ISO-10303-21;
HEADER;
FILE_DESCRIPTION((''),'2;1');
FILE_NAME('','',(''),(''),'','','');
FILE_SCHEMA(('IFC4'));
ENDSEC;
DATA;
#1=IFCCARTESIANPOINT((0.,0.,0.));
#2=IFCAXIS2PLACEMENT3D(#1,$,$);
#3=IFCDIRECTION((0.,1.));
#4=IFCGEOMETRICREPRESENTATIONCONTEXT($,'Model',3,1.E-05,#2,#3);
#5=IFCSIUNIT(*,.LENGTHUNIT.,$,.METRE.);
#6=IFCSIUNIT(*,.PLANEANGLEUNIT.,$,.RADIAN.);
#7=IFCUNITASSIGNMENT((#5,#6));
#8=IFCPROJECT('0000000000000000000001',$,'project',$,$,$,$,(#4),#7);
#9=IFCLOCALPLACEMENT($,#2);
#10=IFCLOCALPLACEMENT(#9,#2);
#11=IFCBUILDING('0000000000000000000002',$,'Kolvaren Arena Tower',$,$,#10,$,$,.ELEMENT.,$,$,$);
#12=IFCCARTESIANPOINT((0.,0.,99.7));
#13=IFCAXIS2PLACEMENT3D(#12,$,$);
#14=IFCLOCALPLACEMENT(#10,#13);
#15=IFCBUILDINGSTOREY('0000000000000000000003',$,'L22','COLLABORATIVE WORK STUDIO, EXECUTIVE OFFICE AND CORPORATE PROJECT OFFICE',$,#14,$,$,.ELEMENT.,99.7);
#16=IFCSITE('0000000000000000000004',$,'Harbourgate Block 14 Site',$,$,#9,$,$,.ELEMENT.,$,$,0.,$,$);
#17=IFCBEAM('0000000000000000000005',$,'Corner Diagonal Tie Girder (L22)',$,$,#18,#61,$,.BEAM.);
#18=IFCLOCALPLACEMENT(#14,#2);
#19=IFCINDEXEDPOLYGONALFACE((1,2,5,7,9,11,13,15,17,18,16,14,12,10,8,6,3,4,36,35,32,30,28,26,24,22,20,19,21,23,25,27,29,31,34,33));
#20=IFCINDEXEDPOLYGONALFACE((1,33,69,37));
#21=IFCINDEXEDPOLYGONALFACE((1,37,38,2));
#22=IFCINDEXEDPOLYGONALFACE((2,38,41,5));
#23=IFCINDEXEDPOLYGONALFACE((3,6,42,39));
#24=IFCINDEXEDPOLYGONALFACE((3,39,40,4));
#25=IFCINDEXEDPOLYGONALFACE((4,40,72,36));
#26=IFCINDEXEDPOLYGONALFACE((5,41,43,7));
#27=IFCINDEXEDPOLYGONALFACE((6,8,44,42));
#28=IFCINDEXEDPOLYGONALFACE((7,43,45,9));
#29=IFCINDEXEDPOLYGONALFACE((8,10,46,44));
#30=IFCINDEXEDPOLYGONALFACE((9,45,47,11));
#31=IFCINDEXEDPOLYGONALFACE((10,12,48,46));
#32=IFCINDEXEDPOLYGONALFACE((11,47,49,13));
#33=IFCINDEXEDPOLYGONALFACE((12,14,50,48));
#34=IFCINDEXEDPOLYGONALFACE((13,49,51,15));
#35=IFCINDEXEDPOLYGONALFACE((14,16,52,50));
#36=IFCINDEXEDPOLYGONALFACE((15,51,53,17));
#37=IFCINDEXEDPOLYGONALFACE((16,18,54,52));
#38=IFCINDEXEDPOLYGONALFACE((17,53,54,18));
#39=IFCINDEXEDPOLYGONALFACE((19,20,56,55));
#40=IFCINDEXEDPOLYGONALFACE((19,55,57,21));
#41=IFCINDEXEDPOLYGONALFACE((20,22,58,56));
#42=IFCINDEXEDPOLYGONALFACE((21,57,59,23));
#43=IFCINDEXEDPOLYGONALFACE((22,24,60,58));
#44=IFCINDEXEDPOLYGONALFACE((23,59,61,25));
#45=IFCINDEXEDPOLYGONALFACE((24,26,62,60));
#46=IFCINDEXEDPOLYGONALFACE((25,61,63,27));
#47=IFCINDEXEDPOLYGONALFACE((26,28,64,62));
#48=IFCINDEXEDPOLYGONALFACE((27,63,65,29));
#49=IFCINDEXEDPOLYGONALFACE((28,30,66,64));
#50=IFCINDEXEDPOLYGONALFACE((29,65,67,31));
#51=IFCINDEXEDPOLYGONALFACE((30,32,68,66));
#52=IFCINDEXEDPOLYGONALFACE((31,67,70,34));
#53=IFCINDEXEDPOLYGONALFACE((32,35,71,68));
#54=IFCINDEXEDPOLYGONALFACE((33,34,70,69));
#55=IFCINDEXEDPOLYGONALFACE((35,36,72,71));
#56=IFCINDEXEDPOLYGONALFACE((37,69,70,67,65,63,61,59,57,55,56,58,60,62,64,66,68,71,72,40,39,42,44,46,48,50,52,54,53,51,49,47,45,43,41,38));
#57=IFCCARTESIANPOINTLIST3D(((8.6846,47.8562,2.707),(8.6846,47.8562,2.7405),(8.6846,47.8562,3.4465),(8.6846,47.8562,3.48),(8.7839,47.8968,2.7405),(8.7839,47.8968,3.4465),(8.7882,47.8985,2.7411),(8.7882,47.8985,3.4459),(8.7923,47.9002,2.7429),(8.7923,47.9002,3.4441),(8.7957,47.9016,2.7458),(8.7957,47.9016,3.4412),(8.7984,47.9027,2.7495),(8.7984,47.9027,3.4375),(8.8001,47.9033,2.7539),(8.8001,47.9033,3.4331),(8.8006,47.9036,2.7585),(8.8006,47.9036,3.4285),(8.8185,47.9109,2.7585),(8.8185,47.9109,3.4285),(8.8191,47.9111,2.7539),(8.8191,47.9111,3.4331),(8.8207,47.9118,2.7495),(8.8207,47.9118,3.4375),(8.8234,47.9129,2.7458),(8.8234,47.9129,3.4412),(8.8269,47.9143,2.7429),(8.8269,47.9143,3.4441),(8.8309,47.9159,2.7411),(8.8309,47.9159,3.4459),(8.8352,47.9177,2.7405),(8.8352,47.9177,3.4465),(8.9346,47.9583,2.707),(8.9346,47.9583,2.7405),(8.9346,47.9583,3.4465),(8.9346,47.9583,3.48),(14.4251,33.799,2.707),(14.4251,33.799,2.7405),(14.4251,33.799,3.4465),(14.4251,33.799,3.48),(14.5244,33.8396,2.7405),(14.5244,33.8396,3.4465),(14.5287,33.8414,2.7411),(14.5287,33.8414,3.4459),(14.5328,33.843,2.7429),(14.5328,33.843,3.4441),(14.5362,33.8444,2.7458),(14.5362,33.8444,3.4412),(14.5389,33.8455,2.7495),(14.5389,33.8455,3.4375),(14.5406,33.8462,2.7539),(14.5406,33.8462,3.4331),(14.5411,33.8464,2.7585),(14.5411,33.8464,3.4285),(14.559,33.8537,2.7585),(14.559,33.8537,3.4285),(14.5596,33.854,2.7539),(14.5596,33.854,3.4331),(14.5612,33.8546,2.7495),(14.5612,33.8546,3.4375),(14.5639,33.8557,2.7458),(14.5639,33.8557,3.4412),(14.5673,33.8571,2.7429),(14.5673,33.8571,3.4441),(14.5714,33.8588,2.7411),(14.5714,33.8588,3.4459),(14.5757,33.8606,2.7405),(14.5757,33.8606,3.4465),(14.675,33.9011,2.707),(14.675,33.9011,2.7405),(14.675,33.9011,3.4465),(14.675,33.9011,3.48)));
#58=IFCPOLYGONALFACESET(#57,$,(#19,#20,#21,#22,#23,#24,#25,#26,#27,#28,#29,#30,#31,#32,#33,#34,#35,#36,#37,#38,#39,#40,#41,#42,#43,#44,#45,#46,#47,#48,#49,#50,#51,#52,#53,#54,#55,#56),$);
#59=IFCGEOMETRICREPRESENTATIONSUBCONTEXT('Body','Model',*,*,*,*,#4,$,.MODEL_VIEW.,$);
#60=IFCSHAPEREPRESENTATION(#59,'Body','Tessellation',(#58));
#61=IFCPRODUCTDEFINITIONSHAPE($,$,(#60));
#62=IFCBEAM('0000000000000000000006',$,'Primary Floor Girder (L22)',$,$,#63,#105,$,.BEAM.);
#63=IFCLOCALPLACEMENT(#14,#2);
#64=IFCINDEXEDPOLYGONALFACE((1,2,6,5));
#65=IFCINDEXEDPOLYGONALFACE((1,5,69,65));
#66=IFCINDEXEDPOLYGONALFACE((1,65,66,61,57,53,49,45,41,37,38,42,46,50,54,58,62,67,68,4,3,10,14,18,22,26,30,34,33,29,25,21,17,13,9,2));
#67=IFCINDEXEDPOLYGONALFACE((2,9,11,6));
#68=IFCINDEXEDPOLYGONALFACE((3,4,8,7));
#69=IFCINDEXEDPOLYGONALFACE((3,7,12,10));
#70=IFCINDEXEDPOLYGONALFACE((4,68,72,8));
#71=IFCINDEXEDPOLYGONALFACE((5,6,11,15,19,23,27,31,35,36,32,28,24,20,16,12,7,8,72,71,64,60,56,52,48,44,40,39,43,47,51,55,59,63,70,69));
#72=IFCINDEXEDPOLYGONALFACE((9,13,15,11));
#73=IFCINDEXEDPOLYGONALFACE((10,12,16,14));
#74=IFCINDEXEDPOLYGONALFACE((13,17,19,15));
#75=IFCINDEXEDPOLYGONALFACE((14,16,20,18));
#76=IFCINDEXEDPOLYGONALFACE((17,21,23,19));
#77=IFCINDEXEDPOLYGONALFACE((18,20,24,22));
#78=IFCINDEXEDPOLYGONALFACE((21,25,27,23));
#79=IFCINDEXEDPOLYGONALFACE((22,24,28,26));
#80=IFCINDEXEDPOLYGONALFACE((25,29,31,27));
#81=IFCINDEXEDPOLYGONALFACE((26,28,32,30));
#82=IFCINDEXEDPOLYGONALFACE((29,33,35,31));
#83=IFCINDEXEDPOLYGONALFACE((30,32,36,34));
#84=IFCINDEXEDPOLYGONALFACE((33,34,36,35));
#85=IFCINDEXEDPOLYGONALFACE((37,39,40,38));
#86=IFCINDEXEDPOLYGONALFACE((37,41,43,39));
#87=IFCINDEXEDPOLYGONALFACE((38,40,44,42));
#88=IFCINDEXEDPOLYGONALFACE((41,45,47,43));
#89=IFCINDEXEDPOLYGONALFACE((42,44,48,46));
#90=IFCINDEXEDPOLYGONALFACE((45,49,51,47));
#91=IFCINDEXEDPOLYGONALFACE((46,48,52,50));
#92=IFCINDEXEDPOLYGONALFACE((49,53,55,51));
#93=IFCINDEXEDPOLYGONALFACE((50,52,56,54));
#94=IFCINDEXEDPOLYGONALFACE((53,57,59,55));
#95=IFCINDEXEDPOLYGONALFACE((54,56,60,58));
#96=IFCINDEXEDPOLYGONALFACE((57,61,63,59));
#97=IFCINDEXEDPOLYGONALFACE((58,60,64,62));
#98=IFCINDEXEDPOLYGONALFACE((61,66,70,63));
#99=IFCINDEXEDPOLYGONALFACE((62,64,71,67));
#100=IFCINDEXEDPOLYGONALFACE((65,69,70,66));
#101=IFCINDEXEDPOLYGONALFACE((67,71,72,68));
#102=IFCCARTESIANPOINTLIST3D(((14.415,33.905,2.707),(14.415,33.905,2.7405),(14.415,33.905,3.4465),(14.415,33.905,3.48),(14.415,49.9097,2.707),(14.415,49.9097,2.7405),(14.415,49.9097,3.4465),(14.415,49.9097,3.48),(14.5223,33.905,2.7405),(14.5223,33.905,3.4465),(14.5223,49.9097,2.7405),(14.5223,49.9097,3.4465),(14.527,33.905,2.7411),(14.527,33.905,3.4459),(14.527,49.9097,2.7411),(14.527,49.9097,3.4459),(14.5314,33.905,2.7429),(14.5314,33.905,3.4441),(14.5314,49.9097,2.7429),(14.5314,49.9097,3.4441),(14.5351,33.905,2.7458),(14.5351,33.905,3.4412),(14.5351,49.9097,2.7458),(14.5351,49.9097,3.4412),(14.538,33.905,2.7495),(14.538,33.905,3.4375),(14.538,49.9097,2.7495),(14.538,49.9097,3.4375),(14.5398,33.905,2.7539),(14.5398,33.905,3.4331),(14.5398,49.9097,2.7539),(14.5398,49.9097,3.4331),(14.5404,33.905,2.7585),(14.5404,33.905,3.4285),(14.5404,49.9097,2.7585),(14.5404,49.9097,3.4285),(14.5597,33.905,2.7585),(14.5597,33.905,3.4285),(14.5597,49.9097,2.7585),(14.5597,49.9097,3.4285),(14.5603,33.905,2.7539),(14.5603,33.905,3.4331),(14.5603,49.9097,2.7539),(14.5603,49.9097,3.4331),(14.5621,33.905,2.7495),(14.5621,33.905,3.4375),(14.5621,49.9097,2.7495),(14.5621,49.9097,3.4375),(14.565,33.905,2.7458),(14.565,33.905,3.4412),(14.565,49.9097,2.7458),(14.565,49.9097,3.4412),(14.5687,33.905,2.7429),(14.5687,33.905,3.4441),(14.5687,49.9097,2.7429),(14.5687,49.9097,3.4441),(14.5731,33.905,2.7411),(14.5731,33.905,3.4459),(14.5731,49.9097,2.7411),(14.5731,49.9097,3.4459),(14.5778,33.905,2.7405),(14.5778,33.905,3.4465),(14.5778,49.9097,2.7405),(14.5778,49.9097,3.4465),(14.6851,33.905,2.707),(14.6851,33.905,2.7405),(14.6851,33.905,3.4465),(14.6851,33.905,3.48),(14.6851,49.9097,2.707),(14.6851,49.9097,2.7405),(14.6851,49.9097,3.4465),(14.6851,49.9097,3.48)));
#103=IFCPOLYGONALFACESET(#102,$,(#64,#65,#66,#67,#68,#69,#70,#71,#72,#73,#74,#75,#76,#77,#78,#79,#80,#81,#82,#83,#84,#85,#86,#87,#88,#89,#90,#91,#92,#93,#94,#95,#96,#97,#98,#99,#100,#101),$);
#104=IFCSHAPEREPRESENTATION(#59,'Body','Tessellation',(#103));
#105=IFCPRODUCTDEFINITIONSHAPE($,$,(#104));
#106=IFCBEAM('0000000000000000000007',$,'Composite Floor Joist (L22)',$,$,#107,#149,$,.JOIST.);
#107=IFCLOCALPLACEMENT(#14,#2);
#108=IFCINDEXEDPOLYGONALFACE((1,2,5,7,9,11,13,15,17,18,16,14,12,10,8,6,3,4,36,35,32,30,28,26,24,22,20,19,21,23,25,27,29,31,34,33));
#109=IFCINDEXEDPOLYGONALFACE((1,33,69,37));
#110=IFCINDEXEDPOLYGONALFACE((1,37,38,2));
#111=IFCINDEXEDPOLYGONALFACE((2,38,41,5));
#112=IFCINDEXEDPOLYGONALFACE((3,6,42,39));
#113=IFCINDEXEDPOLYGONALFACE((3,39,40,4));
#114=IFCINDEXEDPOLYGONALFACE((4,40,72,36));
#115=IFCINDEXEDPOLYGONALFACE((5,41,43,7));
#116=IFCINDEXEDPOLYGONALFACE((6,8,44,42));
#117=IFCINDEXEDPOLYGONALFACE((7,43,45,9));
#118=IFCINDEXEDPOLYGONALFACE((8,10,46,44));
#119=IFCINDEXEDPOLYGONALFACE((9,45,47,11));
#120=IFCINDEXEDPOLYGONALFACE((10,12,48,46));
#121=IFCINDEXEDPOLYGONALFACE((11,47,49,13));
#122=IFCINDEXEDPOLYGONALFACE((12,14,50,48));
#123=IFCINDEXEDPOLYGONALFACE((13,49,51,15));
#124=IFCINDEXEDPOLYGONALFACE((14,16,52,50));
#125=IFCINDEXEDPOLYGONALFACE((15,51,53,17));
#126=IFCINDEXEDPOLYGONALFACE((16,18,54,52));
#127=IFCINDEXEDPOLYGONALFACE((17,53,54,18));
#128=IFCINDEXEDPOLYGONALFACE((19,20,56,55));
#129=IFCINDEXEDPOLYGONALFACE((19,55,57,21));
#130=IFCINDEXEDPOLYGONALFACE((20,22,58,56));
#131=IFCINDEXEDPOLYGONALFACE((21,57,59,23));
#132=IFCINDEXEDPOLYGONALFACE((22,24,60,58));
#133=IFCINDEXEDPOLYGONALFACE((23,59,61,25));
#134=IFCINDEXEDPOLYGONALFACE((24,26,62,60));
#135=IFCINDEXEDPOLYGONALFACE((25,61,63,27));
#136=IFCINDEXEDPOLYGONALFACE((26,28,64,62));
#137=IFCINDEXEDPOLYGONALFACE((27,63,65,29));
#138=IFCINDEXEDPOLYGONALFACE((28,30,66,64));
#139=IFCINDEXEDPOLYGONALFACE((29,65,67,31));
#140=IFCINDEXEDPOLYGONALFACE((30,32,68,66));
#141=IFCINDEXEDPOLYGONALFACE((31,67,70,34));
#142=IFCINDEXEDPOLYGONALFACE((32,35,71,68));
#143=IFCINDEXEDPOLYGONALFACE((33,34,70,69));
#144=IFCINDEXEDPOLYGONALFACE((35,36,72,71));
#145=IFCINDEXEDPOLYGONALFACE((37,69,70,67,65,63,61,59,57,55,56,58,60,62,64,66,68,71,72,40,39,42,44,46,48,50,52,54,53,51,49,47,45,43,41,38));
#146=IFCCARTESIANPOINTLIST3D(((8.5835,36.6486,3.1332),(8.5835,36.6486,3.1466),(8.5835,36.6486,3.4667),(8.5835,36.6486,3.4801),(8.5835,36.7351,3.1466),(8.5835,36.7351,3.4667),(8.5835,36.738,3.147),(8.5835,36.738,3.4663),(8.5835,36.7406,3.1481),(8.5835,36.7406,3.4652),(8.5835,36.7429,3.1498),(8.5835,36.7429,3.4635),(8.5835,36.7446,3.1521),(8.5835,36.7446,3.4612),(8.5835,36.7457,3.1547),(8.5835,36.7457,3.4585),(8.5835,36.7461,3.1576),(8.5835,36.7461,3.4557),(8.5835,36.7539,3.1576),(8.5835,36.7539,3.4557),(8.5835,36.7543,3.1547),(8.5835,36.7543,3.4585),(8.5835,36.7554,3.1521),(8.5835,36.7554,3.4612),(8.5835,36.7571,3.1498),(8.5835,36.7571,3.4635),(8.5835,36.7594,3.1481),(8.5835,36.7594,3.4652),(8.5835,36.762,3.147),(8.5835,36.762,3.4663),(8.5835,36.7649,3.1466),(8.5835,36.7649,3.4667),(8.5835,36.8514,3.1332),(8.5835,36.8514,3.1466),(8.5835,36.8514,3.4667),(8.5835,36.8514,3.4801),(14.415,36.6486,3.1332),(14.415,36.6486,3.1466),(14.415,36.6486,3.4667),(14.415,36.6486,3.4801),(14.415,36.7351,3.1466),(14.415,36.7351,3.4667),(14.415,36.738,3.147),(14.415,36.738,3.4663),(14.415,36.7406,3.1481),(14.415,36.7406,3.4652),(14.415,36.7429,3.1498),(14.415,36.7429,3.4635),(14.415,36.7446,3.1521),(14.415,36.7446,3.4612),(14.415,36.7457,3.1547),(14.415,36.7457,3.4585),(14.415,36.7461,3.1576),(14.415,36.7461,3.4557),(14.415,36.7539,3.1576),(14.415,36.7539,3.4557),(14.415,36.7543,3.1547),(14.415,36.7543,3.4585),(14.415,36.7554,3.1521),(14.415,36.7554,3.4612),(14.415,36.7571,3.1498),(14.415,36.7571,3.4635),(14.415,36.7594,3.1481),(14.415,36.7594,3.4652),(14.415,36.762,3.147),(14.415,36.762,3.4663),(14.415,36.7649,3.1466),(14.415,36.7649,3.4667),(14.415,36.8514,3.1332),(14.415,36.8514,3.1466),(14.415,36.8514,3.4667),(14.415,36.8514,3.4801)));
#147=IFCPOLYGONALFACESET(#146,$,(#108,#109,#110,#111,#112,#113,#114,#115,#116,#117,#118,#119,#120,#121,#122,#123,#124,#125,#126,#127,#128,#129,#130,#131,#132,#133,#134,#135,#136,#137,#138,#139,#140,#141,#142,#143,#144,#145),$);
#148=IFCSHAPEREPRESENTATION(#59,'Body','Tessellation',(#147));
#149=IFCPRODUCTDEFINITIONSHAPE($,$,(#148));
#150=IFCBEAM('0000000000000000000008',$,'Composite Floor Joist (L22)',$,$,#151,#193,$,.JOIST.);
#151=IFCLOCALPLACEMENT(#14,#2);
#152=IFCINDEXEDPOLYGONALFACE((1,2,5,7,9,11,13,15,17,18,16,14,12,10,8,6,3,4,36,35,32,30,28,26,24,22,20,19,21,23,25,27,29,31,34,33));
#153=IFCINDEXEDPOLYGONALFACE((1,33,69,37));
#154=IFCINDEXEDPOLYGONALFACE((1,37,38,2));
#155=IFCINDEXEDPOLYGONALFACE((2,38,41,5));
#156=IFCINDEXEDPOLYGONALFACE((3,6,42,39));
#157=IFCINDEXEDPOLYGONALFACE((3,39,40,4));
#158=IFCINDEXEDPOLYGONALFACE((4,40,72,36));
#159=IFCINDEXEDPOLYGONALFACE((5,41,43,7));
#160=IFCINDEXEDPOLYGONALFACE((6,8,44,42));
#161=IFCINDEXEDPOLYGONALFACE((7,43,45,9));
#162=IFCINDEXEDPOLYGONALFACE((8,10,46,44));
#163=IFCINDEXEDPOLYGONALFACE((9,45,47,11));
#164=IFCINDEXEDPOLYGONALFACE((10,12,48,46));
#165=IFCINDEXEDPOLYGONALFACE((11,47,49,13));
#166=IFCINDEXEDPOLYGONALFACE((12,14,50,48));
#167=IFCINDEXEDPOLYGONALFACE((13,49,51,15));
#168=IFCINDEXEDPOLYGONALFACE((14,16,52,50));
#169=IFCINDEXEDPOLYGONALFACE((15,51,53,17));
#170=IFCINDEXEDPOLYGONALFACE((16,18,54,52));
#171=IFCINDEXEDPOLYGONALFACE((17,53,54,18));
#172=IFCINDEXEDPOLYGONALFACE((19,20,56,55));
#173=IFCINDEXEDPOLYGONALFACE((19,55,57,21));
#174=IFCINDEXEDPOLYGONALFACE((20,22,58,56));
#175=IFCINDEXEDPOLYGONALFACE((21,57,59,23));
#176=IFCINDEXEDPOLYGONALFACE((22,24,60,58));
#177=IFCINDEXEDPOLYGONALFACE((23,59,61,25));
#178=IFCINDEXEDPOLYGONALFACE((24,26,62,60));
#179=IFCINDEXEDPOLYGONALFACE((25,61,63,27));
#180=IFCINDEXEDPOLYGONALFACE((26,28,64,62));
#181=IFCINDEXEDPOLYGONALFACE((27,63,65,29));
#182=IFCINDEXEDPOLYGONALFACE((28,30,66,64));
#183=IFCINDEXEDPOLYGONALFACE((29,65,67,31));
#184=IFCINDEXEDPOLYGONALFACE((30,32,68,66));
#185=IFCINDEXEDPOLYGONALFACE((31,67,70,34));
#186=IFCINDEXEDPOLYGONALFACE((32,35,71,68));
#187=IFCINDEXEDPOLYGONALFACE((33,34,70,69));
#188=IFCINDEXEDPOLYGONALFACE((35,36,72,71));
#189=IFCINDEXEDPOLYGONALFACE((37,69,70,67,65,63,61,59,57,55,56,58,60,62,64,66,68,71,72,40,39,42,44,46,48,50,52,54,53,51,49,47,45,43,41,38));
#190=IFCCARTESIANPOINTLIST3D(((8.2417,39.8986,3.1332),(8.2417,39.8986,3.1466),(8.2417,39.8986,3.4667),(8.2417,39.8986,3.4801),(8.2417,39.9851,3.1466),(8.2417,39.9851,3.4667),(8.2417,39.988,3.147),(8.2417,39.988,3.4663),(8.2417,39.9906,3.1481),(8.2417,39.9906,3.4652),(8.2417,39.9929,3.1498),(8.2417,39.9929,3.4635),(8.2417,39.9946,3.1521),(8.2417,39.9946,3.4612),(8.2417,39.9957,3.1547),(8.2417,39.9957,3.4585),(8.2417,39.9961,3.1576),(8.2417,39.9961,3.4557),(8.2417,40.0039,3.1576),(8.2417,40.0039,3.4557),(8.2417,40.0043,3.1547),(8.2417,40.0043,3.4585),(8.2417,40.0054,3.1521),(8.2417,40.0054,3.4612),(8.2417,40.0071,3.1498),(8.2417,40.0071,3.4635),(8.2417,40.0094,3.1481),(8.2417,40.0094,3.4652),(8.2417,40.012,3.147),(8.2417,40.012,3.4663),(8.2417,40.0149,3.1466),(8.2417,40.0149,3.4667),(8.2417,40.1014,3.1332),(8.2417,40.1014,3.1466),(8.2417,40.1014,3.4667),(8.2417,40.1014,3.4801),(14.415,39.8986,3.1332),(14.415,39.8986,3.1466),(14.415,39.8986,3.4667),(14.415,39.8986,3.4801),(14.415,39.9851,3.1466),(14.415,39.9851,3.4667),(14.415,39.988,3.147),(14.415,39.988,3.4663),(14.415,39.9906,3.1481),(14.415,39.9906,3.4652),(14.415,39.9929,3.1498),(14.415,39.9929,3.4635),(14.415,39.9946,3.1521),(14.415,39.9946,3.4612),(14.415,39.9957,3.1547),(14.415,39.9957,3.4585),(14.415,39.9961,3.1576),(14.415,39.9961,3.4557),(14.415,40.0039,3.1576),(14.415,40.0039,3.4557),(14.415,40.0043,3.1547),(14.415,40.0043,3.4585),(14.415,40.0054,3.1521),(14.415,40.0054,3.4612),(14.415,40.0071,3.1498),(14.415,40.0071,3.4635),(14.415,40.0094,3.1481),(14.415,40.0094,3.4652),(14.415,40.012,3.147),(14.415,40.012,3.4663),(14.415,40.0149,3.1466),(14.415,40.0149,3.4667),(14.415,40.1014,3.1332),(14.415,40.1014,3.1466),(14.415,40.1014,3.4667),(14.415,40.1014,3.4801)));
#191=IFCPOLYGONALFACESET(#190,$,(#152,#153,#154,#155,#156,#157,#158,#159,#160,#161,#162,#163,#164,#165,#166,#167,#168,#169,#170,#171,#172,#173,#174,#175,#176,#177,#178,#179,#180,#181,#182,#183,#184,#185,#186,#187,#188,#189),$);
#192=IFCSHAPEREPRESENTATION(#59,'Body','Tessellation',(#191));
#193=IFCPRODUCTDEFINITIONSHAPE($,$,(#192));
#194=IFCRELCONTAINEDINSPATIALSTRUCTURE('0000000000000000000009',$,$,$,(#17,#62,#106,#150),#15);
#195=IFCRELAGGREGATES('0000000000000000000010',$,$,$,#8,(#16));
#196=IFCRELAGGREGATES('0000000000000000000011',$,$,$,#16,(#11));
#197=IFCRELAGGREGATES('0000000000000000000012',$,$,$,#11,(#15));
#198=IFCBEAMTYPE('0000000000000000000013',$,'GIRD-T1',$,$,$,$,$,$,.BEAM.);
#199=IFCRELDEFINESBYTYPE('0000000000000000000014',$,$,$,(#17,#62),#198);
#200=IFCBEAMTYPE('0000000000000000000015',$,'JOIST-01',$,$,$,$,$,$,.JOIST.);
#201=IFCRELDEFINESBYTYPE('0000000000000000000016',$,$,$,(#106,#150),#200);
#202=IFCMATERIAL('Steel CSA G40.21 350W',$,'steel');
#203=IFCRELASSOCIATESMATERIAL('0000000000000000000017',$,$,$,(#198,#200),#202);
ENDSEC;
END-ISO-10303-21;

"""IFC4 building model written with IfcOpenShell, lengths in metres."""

from ifc_helpers import new_model, si_unit, direction, frame, origin, origin_2d, place, context, subcontext, project, spatial, i_section, extrude, material, material_profile, profile_set, type_object, element, save


model = new_model("IFC4")

# Units and contexts
model_context = context("Model", 3, precision=1e-05, world=origin(), true_north=direction((0.0, 1.0)))
body_context = subcontext(model_context, "Body", "Model", "MODEL_VIEW")
ifc_project = project(units=[si_unit("LENGTHUNIT", "METRE"), si_unit("PLANEANGLEUNIT", "RADIAN")], contexts=[model_context])

# Site, building, storey
site_placement = place(None, origin())
site = spatial("IfcSite", under=ifc_project, at=site_placement, Name="Harbourgate Block 14 Site", CompositionType="ELEMENT", RefElevation=0.0)
building_placement = place(site_placement, origin())
building = spatial("IfcBuilding", under=site, at=building_placement, Name="Kolvaren Arena Tower", CompositionType="ELEMENT")
storey_placement = place(building_placement, frame((0.0, 0.0, 99.7)))
storey = spatial("IfcBuildingStorey", under=building, at=storey_placement, Name="L22", Description="COLLABORATIVE WORK STUDIO, EXECUTIVE OFFICE AND CORPORATE PROJECT OFFICE", CompositionType="ELEMENT", Elevation=99.7)

# Beams
ifc_material_1 = material(Name="Steel CSA G40.21 350W", Category="steel")
ifc_material_profile_1 = material_profile(ifc_material_1, i_section(OverallWidth=0.27, OverallDepth=0.7729, WebThickness=0.0193, FlangeThickness=0.0334, FilletRadius=0.0181, at=origin_2d()), Name="W760x257")
ifc_profile_set_1 = profile_set([ifc_material_profile_1], Name="Steel CSA G40.21 350W")
beam_type_1 = type_object("IfcBeamType", Name="GIRD-T1", PredefinedType="BEAM", material=ifc_profile_set_1)
beam_1_placement = place(storey_placement, frame((8.8096, 47.9072, 3.0935), z_axis=(0.378059, -0.925781, 0.0), x_axis=(0.925781, 0.378059, 0.0)))
element("IfcBeam", 1, at=beam_1_placement, inside=storey, type_object=beam_type_1, Name="Corner Diagonal Tie Girder (L22)", PredefinedType="BEAM", context=body_context, shape_type="SweptSolid", body=[
    extrude(i_section(OverallWidth=0.27, OverallDepth=0.7729, WebThickness=0.0193, FlangeThickness=0.0334, FilletRadius=0.0181, at=origin_2d()), origin(), (0.0, 0.0, 1.0), 15.1841),
])
beam_2_placement = place(storey_placement, frame((14.55, 33.905, 3.0935), z_axis=(0.0, 1.0, 0.0), x_axis=(-1.0, 0.0, 0.0)))
element("IfcBeam", 2, at=beam_2_placement, inside=storey, type_object=beam_type_1, Name="Primary Floor Girder (L22)", PredefinedType="BEAM", context=body_context, shape_type="SweptSolid", body=[
    extrude(i_section(OverallWidth=0.27, OverallDepth=0.7729, WebThickness=0.0193, FlangeThickness=0.0334, FilletRadius=0.0181, at=origin_2d()), origin(), (0.0, 0.0, 1.0), 16.0046),
])
ifc_material_profile_2 = material_profile(ifc_material_1, i_section(OverallWidth=0.2029, OverallDepth=0.3469, WebThickness=0.0078, FlangeThickness=0.0134, FilletRadius=0.011, at=origin_2d()), Name="W360x64")
ifc_profile_set_2 = profile_set([ifc_material_profile_2], Name="Steel CSA G40.21 350W")
beam_type_2 = type_object("IfcBeamType", Name="JOIST-01", PredefinedType="JOIST", material=ifc_profile_set_2)
beam_3_placement = place(storey_placement, frame((8.5835, 36.75, 3.3066), z_axis=(1.0, 0.0, 0.0), x_axis=(0.0, 1.0, 0.0)))
element("IfcBeam", 3, at=beam_3_placement, inside=storey, type_object=beam_type_2, Name="Composite Floor Joist (L22)", PredefinedType="JOIST", context=body_context, shape_type="SweptSolid", body=[
    extrude(i_section(OverallWidth=0.2029, OverallDepth=0.3469, WebThickness=0.0078, FlangeThickness=0.0134, FilletRadius=0.011, at=origin_2d()), origin(), (0.0, 0.0, 1.0), 5.8315),
])
beam_4_placement = place(storey_placement, frame((8.2417, 40.0, 3.3066), z_axis=(1.0, 0.0, 0.0), x_axis=(0.0, 1.0, 0.0)))
element("IfcBeam", 4, at=beam_4_placement, inside=storey, type_object=beam_type_2, Name="Composite Floor Joist (L22)", PredefinedType="JOIST", context=body_context, shape_type="SweptSolid", body=[
    extrude(i_section(OverallWidth=0.2029, OverallDepth=0.3469, WebThickness=0.0078, FlangeThickness=0.0134, FilletRadius=0.011, at=origin_2d()), origin(), (0.0, 0.0, 1.0), 6.1733),
])

save(model, "model.ifc")
